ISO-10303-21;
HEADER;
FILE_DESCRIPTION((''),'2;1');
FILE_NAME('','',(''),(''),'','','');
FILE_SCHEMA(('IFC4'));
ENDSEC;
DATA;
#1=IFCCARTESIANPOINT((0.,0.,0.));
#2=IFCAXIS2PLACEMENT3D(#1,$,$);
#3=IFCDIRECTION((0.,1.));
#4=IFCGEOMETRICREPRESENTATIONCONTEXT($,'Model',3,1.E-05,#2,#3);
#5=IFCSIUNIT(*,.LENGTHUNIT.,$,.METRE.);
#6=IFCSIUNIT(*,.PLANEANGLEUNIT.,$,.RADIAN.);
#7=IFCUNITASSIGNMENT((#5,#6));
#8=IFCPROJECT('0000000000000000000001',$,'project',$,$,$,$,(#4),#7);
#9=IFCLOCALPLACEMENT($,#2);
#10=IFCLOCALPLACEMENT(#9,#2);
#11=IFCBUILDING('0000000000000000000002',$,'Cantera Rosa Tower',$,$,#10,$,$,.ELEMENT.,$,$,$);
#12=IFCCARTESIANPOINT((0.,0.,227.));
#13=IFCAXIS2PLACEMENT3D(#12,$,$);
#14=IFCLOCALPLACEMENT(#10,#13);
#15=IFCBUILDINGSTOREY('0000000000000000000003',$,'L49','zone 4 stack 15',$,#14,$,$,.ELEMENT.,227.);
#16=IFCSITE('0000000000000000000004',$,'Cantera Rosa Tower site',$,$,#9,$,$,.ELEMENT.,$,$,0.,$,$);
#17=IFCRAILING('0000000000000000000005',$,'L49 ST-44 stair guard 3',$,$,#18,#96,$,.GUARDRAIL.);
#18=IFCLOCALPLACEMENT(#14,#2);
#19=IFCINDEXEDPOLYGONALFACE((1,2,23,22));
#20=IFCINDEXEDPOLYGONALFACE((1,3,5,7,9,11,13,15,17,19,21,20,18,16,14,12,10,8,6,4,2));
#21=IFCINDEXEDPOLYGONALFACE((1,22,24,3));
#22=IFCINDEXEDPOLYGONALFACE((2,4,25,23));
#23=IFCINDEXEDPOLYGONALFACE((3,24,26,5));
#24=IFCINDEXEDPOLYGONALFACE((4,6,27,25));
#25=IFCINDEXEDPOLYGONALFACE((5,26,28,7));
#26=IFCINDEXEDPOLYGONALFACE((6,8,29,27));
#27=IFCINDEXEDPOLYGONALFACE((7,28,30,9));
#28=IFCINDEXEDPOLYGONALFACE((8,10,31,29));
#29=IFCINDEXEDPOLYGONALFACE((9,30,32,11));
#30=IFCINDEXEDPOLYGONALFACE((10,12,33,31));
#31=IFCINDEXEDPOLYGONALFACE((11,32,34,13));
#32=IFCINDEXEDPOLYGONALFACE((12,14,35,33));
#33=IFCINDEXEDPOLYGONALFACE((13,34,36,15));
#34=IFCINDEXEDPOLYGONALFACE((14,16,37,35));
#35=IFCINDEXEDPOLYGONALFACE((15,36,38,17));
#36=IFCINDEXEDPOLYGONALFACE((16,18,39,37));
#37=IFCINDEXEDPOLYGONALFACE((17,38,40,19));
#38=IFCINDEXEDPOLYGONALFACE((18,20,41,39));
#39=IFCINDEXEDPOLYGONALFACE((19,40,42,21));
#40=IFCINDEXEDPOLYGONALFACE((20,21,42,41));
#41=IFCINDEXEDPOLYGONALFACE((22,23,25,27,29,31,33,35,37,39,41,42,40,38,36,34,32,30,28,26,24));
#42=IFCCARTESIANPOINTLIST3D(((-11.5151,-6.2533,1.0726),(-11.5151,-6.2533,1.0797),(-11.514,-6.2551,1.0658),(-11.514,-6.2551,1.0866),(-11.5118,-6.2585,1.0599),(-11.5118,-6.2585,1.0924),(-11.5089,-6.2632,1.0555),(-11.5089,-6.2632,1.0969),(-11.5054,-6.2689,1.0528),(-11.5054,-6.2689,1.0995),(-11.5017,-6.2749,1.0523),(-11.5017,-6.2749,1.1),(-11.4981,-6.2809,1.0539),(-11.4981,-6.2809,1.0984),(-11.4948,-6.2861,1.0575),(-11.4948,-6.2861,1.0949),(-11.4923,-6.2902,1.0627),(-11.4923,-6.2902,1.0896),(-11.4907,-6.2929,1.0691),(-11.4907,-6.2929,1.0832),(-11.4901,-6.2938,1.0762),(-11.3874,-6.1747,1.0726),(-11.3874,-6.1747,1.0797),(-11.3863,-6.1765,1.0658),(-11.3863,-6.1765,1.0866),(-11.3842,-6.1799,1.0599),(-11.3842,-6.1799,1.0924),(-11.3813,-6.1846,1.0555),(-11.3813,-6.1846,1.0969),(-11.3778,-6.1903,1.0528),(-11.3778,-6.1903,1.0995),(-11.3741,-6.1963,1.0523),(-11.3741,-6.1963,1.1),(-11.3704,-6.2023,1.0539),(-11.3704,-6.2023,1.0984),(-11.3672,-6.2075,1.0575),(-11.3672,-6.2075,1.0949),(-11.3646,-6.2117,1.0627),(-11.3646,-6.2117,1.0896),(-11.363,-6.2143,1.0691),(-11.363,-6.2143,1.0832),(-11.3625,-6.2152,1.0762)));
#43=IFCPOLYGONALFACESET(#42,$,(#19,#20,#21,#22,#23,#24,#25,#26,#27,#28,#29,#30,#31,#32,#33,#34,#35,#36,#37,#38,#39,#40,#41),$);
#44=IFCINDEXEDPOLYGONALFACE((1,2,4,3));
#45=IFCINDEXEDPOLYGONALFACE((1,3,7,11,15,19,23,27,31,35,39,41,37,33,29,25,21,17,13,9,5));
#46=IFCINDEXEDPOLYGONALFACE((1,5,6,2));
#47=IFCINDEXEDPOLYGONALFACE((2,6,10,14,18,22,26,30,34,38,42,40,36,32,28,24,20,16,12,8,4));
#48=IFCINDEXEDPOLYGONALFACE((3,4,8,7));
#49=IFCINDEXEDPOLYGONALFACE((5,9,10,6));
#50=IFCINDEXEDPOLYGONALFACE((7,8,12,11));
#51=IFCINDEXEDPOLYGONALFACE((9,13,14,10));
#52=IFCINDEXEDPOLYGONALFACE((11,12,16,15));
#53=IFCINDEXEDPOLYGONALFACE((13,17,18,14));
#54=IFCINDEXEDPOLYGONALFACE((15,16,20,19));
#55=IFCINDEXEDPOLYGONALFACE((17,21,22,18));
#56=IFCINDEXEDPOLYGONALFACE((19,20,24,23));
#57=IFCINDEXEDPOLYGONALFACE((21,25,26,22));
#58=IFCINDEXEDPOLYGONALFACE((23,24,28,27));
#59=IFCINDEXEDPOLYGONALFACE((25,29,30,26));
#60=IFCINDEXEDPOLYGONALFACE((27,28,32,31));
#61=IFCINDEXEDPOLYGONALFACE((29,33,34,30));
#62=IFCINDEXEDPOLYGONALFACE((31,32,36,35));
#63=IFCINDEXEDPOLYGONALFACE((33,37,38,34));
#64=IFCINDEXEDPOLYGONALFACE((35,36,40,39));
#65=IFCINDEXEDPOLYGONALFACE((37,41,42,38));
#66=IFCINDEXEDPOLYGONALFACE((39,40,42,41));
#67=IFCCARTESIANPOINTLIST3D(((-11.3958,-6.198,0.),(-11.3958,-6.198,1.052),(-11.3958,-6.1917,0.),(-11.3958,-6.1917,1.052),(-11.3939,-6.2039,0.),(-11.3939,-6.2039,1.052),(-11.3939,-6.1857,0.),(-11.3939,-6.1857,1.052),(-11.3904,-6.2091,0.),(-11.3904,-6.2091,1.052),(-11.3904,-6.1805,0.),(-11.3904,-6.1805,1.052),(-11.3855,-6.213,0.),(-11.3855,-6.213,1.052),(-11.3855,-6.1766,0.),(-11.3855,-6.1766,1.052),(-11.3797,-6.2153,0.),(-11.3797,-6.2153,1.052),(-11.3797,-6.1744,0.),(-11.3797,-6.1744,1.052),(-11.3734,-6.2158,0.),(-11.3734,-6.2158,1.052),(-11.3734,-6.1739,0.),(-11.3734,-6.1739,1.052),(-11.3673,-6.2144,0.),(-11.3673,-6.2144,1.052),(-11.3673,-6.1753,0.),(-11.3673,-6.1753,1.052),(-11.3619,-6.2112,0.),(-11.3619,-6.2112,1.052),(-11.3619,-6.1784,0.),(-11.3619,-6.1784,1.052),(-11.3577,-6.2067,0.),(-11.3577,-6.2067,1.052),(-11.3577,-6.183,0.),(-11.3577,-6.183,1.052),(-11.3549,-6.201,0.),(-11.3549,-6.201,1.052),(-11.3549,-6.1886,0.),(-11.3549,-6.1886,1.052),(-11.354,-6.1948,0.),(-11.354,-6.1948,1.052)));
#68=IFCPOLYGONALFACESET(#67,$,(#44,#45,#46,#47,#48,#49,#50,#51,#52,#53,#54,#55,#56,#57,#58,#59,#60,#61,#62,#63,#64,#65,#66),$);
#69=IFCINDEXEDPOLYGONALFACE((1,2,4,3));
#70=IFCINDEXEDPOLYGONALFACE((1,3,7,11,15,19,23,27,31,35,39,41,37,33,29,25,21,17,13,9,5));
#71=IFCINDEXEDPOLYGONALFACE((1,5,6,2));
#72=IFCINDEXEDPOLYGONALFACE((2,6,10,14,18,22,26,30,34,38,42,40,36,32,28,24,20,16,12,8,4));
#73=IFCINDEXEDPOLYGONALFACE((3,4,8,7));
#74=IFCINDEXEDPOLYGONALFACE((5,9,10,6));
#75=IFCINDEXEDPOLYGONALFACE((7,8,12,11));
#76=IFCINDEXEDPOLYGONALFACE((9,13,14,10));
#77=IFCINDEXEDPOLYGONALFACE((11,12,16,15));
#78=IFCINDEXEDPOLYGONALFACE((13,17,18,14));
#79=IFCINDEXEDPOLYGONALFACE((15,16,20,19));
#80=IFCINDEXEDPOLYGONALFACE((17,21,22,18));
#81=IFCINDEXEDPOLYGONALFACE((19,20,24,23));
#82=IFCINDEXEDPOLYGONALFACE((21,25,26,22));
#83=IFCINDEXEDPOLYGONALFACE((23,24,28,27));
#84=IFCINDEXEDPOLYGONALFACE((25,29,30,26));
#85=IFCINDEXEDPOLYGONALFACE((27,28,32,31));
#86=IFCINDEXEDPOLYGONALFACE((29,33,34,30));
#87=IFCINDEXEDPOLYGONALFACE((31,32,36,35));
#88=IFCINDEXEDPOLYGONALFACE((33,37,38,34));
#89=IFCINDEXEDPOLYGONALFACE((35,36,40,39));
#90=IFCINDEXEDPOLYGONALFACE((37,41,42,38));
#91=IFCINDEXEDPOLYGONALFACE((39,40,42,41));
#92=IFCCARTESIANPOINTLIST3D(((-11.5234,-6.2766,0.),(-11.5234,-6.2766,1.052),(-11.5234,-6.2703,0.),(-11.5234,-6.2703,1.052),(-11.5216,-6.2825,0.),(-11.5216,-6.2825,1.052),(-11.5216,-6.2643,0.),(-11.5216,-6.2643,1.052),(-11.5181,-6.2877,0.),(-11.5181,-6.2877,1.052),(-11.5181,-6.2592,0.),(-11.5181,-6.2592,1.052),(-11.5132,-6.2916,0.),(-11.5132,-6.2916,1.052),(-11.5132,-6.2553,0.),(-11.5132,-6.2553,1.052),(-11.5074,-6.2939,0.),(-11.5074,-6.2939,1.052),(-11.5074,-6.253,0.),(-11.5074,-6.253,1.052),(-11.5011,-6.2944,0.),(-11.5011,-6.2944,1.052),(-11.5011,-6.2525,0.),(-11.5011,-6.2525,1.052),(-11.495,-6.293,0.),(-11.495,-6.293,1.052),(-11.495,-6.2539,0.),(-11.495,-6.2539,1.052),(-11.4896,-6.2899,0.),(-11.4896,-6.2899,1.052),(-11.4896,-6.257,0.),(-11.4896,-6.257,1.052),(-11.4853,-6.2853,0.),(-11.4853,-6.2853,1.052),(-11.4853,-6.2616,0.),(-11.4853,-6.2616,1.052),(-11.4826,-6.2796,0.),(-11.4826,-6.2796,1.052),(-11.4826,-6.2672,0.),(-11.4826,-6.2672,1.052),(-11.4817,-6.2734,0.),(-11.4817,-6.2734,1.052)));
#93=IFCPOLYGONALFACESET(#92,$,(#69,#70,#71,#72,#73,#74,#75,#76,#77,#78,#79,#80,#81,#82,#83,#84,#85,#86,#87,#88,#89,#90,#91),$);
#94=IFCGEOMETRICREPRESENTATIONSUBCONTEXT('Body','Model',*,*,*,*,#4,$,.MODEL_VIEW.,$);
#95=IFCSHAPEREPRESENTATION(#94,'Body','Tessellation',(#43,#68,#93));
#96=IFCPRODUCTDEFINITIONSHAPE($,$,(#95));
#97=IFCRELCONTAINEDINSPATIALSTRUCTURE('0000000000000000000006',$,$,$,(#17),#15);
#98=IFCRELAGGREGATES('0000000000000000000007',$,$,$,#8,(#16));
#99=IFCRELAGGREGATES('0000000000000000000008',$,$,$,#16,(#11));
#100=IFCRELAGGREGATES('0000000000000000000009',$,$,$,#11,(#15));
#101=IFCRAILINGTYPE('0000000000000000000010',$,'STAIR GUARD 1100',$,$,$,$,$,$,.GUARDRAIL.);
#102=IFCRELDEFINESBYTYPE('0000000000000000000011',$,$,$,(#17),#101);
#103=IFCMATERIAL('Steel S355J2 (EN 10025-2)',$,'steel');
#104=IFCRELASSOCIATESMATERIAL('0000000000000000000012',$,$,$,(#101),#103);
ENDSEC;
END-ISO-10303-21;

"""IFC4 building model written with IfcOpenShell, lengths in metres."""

from ifc_helpers import new_model, si_unit, direction, frame, origin, origin_2d, place, context, subcontext, project, spatial, circle, extrude, material, type_object, element, save


model = new_model("IFC4")

# Units and contexts
model_context = context("Model", 3, precision=1e-05, world=origin(), true_north=direction((0.0, 1.0)))
body_context = subcontext(model_context, "Body", "Model", "MODEL_VIEW")
ifc_project = project(units=[si_unit("LENGTHUNIT", "METRE"), si_unit("PLANEANGLEUNIT", "RADIAN")], contexts=[model_context])

# Site, building, storey
site_placement = place(None, origin())
site = spatial("IfcSite", under=ifc_project, at=site_placement, Name="Cantera Rosa Tower site", CompositionType="ELEMENT", RefElevation=0.0)
building_placement = place(site_placement, origin())
building = spatial("IfcBuilding", under=site, at=building_placement, Name="Cantera Rosa Tower", CompositionType="ELEMENT")
storey_placement = place(building_placement, frame((0.0, 0.0, 227.0)))
storey = spatial("IfcBuildingStorey", under=building, at=storey_placement, Name="L49", Description="zone 4 stack 15", CompositionType="ELEMENT", Elevation=227.0)

# Railing
ifc_material_1 = material(Name="Steel S355J2 (EN 10025-2)", Category="steel")
railing_type_1 = type_object("IfcRailingType", Name="STAIR GUARD 1100", PredefinedType="GUARDRAIL", material=ifc_material_1)
railing_1_placement = place(storey_placement, frame((-11.375, -6.1948, 0.0)))
element("IfcRailing", 1, at=railing_1_placement, inside=storey, type_object=railing_type_1, Name="L49 ST-44 stair guard 3", PredefinedType="GUARDRAIL", context=body_context, shape_type="SweptSolid", body=[
    extrude(circle(Radius=0.0239, at=origin_2d()), frame((0.0, 0.0, 1.0762), z_axis=(-0.851546, -0.524279, 0.0), x_axis=(0.524279, -0.851546, 0.0)), (0.0, 0.0, 1.0), 0.1499),
    extrude(circle(Radius=0.021, at=origin_2d()), origin(), (0.0, 0.0, 1.0), 1.052),
    extrude(circle(Radius=0.021, at=origin_2d()), frame((-0.1277, -0.0786, 0.0)), (0.0, 0.0, 1.0), 1.052),
])

save(model, "model.ifc")
